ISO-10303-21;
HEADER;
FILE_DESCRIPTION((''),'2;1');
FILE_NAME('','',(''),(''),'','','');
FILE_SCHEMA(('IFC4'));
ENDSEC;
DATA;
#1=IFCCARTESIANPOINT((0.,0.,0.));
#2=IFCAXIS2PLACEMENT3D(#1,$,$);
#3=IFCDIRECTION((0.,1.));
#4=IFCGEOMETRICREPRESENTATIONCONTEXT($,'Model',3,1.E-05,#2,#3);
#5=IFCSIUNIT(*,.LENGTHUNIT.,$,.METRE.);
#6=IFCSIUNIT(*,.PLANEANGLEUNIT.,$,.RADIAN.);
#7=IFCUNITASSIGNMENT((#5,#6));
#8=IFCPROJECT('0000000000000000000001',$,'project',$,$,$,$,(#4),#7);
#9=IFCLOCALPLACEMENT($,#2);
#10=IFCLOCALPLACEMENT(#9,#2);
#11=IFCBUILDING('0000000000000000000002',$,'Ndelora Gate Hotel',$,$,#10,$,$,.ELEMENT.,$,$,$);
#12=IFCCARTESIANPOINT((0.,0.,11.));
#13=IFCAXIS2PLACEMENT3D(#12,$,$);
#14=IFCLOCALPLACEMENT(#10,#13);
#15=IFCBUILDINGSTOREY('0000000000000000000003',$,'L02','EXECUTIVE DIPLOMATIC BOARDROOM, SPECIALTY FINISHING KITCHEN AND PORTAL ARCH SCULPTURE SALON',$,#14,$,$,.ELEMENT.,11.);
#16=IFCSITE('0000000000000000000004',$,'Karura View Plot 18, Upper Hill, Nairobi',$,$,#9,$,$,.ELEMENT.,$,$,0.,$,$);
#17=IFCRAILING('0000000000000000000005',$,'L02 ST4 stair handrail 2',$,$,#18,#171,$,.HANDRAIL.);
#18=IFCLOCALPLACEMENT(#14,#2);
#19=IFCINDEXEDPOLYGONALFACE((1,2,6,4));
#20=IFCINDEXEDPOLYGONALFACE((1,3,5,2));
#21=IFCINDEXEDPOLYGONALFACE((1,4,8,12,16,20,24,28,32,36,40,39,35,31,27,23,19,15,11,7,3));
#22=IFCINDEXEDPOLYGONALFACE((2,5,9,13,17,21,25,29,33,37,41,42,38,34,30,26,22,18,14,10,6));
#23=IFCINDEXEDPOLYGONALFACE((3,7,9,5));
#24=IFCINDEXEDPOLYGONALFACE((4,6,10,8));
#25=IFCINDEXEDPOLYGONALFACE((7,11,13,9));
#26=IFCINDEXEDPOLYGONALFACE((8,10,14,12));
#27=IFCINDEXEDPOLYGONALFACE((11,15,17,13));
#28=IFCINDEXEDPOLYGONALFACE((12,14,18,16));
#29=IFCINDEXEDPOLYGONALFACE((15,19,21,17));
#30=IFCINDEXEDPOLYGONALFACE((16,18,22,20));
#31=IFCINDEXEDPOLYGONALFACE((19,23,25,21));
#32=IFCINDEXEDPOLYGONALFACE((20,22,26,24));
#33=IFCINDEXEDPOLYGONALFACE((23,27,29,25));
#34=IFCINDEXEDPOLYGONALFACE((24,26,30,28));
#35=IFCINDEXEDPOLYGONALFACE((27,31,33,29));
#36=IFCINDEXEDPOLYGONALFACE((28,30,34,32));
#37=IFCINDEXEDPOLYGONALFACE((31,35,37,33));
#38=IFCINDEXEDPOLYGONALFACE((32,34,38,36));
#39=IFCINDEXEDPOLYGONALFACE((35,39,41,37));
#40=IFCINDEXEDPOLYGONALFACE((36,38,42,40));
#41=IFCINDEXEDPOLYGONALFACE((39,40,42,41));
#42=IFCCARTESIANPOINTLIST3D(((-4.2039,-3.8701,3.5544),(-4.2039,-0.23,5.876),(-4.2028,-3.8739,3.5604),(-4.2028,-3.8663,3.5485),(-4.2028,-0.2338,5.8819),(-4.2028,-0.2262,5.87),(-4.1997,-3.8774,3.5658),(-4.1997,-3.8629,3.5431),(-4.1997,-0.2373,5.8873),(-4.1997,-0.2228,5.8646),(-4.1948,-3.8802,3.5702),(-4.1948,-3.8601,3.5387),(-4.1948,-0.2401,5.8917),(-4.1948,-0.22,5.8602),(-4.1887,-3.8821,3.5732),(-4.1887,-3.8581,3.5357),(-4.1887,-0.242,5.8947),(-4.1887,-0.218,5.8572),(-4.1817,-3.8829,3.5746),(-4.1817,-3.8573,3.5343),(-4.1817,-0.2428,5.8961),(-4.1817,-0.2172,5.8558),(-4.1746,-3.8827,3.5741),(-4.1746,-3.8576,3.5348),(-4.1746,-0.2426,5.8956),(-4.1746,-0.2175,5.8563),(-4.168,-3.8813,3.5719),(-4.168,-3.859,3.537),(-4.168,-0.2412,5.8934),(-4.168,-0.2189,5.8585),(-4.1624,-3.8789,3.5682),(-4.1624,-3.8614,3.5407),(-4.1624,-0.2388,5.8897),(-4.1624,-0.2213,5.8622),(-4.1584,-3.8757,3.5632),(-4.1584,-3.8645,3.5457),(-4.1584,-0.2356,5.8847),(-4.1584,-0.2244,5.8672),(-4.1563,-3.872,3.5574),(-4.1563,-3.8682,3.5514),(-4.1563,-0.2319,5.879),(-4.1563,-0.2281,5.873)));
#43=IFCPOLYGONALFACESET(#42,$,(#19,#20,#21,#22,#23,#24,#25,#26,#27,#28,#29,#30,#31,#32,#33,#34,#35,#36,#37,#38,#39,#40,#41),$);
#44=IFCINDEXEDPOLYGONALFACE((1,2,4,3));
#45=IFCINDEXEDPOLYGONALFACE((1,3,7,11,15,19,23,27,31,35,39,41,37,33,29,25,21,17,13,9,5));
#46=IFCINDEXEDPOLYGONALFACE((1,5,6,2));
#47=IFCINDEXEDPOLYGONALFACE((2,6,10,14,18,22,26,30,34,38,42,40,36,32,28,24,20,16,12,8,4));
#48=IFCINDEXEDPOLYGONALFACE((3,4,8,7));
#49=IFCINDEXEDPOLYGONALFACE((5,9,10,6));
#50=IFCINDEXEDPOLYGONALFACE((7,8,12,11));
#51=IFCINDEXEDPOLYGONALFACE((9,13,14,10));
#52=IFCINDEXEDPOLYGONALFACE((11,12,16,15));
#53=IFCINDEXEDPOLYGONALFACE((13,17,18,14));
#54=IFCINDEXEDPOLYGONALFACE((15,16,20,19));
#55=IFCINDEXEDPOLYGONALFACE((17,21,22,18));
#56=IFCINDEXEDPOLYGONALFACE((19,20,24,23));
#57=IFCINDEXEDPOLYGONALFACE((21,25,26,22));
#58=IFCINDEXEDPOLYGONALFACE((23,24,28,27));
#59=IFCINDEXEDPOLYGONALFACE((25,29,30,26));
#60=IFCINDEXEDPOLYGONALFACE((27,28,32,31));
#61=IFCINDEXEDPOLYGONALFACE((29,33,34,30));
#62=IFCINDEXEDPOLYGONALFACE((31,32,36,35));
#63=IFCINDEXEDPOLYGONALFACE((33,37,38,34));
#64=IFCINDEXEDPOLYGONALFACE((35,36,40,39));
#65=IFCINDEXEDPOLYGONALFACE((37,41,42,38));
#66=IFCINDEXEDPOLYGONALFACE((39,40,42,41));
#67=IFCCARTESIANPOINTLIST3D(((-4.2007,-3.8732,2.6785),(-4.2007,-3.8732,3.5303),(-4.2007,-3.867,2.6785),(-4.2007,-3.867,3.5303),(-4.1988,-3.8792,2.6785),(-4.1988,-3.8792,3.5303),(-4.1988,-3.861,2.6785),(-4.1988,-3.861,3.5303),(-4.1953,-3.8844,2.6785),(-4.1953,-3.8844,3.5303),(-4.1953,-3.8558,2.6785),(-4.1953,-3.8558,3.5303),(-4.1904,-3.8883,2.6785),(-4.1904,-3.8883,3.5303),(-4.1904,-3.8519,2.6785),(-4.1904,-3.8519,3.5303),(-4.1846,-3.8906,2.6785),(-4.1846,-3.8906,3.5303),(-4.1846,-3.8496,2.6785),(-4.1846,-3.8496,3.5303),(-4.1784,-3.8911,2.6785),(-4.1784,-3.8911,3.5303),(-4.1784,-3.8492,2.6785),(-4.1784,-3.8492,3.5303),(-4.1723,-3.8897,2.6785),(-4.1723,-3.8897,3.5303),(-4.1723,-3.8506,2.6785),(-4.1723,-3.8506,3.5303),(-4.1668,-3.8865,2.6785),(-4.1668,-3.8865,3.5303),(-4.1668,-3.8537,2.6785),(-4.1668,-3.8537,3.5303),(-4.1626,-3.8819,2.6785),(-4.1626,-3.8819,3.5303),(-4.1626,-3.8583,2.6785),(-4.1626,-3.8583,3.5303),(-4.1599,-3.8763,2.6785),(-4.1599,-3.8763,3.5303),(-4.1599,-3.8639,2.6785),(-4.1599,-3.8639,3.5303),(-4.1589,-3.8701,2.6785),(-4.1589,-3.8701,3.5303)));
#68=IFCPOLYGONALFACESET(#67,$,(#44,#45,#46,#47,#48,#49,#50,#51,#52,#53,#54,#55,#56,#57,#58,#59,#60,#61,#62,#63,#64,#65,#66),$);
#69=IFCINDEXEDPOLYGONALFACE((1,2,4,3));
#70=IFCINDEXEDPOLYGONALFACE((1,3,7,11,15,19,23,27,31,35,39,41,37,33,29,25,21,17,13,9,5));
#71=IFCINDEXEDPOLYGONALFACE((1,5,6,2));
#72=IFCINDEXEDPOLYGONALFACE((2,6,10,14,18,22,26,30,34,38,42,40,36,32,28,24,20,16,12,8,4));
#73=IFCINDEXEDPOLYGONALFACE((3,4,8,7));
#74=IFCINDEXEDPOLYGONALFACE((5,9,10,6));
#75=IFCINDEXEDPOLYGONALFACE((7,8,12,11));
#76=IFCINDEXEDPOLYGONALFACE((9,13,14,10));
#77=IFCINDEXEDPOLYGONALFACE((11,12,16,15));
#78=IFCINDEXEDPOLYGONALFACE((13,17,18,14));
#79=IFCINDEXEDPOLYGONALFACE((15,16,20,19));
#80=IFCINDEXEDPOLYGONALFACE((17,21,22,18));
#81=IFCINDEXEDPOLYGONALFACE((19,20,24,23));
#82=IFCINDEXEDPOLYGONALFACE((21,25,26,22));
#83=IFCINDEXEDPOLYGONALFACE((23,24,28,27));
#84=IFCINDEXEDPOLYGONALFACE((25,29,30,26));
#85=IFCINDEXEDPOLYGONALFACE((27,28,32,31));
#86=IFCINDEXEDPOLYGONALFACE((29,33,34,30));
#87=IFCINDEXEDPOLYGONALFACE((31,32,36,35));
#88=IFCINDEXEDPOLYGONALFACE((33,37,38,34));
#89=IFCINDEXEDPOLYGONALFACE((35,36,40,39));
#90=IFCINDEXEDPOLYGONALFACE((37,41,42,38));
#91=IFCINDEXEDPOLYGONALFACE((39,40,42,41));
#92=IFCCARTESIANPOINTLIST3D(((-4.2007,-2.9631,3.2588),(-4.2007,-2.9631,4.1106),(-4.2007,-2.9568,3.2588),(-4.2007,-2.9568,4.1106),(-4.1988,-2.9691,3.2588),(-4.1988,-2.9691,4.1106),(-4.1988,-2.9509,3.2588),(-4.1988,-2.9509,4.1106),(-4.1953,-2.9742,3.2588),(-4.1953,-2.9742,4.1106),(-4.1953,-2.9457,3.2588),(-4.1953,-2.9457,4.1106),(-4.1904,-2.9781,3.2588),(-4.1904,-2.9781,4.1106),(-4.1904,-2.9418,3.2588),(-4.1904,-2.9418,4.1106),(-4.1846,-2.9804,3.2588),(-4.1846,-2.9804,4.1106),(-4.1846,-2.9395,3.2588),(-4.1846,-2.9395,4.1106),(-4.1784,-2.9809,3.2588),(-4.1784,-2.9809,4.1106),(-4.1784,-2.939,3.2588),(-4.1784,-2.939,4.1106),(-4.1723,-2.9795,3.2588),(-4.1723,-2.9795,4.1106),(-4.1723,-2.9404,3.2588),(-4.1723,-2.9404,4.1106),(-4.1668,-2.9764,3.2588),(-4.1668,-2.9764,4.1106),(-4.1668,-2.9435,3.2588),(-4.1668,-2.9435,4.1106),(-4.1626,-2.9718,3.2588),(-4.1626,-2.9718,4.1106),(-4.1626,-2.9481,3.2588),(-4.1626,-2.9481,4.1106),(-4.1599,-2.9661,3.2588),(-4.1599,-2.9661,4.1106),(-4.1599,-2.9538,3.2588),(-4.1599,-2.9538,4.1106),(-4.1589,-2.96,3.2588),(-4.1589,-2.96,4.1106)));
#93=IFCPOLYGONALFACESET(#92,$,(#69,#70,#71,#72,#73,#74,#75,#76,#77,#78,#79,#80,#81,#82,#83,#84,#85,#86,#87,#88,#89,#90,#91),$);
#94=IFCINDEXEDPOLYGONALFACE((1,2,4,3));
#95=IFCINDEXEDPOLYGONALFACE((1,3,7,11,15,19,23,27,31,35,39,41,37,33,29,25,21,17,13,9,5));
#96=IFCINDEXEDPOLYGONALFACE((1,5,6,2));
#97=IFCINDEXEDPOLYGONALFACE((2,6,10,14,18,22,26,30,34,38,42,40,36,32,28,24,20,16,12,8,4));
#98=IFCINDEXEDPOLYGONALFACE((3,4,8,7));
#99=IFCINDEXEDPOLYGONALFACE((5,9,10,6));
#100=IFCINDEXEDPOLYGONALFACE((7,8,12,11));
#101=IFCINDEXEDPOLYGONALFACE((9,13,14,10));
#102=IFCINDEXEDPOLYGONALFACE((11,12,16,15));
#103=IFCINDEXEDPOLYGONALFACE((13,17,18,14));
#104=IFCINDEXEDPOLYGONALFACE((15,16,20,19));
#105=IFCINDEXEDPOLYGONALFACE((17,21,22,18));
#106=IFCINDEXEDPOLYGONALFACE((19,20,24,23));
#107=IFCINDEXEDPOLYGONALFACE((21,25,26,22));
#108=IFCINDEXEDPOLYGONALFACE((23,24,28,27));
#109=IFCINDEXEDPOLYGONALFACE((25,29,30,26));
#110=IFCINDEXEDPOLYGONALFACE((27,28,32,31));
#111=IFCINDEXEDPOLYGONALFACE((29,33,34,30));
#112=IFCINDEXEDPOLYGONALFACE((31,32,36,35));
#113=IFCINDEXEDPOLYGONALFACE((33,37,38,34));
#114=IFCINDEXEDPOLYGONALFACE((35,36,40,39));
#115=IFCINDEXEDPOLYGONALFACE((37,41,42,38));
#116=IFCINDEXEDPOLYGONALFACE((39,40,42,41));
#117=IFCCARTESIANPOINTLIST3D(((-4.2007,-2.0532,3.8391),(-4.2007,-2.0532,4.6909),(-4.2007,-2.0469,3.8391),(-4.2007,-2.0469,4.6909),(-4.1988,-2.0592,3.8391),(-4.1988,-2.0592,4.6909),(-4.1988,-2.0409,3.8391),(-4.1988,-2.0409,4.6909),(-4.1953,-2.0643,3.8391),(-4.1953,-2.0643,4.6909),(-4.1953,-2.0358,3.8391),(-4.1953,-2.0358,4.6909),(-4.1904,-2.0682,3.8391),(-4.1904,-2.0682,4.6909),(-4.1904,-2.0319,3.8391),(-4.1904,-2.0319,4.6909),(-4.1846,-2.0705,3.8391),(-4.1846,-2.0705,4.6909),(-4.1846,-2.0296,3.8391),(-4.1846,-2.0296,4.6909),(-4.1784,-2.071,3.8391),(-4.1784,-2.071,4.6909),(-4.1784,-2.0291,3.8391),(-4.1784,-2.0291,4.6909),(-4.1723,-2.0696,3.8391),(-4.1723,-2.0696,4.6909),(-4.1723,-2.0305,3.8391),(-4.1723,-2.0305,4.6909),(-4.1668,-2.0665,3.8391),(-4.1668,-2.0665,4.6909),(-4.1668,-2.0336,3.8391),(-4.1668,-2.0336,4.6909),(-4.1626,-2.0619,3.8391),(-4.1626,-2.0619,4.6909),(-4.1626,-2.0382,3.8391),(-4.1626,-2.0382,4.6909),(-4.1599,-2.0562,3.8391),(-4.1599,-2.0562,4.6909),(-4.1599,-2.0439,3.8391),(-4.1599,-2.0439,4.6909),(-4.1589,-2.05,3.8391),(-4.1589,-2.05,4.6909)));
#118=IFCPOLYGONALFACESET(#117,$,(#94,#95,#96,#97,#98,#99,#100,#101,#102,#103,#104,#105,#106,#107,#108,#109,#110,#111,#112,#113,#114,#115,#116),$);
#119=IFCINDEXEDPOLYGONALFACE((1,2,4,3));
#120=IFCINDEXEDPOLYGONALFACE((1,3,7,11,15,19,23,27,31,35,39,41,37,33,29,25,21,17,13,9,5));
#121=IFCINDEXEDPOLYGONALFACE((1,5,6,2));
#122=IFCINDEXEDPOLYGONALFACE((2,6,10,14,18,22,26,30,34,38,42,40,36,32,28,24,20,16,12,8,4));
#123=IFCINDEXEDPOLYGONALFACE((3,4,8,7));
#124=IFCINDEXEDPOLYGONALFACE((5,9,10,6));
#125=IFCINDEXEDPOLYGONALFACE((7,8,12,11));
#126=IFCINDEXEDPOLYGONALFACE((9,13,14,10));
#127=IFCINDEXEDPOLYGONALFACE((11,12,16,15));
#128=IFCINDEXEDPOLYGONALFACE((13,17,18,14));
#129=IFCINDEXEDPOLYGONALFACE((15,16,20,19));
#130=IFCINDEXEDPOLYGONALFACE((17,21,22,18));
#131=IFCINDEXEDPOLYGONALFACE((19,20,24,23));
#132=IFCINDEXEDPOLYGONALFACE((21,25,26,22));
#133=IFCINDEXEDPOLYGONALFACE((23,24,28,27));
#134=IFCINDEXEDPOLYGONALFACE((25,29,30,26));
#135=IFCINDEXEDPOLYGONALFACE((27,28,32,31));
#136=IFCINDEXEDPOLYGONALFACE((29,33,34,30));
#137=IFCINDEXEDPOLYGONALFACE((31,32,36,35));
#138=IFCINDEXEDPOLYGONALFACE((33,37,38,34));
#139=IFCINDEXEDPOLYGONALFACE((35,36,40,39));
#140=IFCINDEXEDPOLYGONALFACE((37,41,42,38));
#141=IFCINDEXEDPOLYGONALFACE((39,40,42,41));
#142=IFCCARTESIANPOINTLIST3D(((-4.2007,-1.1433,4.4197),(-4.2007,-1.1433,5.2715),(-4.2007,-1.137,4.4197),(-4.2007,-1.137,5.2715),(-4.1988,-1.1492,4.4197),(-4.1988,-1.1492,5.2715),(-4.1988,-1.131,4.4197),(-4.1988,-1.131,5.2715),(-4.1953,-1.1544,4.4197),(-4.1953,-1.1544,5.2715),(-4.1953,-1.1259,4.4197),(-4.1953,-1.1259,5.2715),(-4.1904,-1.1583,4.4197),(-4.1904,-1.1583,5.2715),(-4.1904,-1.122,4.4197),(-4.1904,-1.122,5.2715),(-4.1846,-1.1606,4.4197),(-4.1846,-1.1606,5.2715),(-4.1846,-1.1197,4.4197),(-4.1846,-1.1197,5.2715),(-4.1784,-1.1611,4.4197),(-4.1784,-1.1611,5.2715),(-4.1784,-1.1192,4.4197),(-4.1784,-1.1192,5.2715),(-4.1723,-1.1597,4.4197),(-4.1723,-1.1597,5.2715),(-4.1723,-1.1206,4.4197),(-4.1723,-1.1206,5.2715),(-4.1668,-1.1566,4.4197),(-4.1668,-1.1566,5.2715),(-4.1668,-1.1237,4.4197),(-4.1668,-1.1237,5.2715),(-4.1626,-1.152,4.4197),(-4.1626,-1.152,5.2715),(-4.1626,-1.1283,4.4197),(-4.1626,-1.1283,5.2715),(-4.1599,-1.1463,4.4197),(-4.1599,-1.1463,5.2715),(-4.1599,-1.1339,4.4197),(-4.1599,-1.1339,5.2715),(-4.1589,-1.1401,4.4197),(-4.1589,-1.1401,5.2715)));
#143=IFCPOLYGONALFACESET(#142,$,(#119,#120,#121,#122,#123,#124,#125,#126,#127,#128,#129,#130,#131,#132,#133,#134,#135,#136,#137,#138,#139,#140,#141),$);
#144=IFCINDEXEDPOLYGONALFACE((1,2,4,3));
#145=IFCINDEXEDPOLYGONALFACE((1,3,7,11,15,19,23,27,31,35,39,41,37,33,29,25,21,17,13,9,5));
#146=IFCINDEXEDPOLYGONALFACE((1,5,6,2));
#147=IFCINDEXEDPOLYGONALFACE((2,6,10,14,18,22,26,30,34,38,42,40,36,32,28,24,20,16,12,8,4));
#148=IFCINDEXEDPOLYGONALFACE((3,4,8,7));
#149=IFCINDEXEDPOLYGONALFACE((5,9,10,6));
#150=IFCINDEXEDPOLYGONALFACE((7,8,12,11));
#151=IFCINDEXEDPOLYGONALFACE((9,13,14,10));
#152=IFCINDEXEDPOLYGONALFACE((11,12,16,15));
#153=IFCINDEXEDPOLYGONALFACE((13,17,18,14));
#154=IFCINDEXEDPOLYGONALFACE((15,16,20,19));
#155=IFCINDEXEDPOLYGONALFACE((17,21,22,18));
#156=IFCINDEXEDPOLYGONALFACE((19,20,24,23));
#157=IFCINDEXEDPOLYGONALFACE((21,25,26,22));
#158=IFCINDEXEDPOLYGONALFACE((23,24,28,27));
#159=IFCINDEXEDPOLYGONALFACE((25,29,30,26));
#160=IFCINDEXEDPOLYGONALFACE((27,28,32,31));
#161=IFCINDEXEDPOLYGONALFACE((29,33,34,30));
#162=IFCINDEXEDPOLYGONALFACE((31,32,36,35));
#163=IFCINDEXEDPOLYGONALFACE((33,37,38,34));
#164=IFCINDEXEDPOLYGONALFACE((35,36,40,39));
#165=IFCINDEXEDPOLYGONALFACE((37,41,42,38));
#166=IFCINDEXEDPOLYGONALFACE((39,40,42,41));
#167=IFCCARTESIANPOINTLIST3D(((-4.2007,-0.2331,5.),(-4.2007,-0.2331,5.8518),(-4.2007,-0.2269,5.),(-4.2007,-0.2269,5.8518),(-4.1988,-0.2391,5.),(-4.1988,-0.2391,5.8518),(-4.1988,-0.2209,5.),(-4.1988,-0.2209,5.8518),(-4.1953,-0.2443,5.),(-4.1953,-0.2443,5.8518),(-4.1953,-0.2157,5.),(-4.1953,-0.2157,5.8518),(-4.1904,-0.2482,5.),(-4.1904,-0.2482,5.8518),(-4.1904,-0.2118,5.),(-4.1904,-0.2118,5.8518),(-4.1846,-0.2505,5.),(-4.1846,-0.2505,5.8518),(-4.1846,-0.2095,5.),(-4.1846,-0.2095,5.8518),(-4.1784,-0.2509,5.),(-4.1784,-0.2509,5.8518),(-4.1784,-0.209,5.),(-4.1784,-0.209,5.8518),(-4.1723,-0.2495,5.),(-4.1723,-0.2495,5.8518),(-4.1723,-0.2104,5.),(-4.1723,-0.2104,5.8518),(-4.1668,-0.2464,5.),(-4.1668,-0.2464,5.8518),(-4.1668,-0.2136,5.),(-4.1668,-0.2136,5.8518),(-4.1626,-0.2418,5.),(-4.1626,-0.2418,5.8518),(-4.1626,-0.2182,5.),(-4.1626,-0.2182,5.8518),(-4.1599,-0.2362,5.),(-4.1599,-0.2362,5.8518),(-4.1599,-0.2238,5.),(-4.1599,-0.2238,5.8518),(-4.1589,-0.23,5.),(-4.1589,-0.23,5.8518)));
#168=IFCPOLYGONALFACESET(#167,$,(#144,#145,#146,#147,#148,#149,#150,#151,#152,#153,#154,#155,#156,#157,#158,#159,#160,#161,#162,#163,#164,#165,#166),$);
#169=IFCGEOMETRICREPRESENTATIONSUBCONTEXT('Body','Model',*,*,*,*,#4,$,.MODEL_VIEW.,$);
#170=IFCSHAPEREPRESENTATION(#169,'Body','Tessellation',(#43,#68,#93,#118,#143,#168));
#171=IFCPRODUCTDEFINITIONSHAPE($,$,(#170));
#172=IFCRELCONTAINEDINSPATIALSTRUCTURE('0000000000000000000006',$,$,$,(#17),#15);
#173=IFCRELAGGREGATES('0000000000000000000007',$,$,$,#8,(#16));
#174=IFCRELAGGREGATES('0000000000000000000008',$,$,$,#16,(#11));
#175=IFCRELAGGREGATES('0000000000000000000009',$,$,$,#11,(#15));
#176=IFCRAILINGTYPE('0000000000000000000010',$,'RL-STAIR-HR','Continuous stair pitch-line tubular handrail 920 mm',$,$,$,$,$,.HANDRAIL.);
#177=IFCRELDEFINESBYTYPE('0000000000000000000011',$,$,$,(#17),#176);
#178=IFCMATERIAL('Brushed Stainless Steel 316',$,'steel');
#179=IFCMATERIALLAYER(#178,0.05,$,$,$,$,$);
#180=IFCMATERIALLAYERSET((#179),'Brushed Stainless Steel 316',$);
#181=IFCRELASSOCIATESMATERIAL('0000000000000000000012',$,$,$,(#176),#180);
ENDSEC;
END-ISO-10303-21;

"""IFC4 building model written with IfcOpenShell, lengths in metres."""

from ifc_helpers import new_model, si_unit, direction, frame, origin, origin_2d, place, context, subcontext, project, spatial, circle, extrude, material, layer, layer_set, type_object, element, save


model = new_model("IFC4")

# Units and contexts
model_context = context("Model", 3, precision=1e-05, world=origin(), true_north=direction((0.0, 1.0)))
body_context = subcontext(model_context, "Body", "Model", "MODEL_VIEW")
ifc_project = project(units=[si_unit("LENGTHUNIT", "METRE"), si_unit("PLANEANGLEUNIT", "RADIAN")], contexts=[model_context])

# Site, building, storey
site_placement = place(None, origin())
site = spatial("IfcSite", under=ifc_project, at=site_placement, Name="Karura View Plot 18, Upper Hill, Nairobi", CompositionType="ELEMENT", RefElevation=0.0)
building_placement = place(site_placement, origin())
building = spatial("IfcBuilding", under=site, at=building_placement, Name="Ndelora Gate Hotel", CompositionType="ELEMENT")
storey_placement = place(building_placement, frame((0.0, 0.0, 11.0)))
storey = spatial("IfcBuildingStorey", under=building, at=storey_placement, Name="L02", Description="EXECUTIVE DIPLOMATIC BOARDROOM, SPECIALTY FINISHING KITCHEN AND PORTAL ARCH SCULPTURE SALON", CompositionType="ELEMENT", Elevation=11.0)

# Railing
ifc_material_1 = material(Name="Brushed Stainless Steel 316", Category="steel")
ifc_layer_1 = layer(ifc_material_1, 0.05)
ifc_layer_set_1 = layer_set([ifc_layer_1], Name="Brushed Stainless Steel 316")
railing_type_1 = type_object("IfcRailingType", Name="RL-STAIR-HR", Description="Continuous stair pitch-line tubular handrail 920 mm", PredefinedType="HANDRAIL", material=ifc_layer_set_1)
railing_1_placement = place(storey_placement, frame((-4.1799, -3.8701, 2.6785)))
element("IfcRailing", 1, at=railing_1_placement, inside=storey, type_object=railing_type_1, Name="L02 ST4 stair handrail 2", PredefinedType="HANDRAIL", context=body_context, shape_type="SweptSolid", body=[
    extrude(circle(Radius=0.0239, at=origin_2d()), frame((0.0, 0.0, 0.876), z_axis=(0.0, 0.843128, 0.537713), x_axis=(-1.0, 0.0, 0.0)), (0.0, 0.0, 1.0), 4.3174),
    extrude(circle(Radius=0.021, at=origin_2d()), origin(), (0.0, 0.0, 1.0), 0.8518),
    extrude(circle(Radius=0.021, at=origin_2d()), frame((0.0, 0.9102, 0.5803)), (0.0, 0.0, 1.0), 0.8518),
    extrude(circle(Radius=0.021, at=origin_2d()), frame((0.0, 1.8201, 1.1606)), (0.0, 0.0, 1.0), 0.8518),
    extrude(circle(Radius=0.021, at=origin_2d()), frame((0.0, 2.73, 1.7412)), (0.0, 0.0, 1.0), 0.8518),
    extrude(circle(Radius=0.021, at=origin_2d()), frame((0.0, 3.6401, 2.3215)), (0.0, 0.0, 1.0), 0.8518),
])

save(model, "model.ifc")
